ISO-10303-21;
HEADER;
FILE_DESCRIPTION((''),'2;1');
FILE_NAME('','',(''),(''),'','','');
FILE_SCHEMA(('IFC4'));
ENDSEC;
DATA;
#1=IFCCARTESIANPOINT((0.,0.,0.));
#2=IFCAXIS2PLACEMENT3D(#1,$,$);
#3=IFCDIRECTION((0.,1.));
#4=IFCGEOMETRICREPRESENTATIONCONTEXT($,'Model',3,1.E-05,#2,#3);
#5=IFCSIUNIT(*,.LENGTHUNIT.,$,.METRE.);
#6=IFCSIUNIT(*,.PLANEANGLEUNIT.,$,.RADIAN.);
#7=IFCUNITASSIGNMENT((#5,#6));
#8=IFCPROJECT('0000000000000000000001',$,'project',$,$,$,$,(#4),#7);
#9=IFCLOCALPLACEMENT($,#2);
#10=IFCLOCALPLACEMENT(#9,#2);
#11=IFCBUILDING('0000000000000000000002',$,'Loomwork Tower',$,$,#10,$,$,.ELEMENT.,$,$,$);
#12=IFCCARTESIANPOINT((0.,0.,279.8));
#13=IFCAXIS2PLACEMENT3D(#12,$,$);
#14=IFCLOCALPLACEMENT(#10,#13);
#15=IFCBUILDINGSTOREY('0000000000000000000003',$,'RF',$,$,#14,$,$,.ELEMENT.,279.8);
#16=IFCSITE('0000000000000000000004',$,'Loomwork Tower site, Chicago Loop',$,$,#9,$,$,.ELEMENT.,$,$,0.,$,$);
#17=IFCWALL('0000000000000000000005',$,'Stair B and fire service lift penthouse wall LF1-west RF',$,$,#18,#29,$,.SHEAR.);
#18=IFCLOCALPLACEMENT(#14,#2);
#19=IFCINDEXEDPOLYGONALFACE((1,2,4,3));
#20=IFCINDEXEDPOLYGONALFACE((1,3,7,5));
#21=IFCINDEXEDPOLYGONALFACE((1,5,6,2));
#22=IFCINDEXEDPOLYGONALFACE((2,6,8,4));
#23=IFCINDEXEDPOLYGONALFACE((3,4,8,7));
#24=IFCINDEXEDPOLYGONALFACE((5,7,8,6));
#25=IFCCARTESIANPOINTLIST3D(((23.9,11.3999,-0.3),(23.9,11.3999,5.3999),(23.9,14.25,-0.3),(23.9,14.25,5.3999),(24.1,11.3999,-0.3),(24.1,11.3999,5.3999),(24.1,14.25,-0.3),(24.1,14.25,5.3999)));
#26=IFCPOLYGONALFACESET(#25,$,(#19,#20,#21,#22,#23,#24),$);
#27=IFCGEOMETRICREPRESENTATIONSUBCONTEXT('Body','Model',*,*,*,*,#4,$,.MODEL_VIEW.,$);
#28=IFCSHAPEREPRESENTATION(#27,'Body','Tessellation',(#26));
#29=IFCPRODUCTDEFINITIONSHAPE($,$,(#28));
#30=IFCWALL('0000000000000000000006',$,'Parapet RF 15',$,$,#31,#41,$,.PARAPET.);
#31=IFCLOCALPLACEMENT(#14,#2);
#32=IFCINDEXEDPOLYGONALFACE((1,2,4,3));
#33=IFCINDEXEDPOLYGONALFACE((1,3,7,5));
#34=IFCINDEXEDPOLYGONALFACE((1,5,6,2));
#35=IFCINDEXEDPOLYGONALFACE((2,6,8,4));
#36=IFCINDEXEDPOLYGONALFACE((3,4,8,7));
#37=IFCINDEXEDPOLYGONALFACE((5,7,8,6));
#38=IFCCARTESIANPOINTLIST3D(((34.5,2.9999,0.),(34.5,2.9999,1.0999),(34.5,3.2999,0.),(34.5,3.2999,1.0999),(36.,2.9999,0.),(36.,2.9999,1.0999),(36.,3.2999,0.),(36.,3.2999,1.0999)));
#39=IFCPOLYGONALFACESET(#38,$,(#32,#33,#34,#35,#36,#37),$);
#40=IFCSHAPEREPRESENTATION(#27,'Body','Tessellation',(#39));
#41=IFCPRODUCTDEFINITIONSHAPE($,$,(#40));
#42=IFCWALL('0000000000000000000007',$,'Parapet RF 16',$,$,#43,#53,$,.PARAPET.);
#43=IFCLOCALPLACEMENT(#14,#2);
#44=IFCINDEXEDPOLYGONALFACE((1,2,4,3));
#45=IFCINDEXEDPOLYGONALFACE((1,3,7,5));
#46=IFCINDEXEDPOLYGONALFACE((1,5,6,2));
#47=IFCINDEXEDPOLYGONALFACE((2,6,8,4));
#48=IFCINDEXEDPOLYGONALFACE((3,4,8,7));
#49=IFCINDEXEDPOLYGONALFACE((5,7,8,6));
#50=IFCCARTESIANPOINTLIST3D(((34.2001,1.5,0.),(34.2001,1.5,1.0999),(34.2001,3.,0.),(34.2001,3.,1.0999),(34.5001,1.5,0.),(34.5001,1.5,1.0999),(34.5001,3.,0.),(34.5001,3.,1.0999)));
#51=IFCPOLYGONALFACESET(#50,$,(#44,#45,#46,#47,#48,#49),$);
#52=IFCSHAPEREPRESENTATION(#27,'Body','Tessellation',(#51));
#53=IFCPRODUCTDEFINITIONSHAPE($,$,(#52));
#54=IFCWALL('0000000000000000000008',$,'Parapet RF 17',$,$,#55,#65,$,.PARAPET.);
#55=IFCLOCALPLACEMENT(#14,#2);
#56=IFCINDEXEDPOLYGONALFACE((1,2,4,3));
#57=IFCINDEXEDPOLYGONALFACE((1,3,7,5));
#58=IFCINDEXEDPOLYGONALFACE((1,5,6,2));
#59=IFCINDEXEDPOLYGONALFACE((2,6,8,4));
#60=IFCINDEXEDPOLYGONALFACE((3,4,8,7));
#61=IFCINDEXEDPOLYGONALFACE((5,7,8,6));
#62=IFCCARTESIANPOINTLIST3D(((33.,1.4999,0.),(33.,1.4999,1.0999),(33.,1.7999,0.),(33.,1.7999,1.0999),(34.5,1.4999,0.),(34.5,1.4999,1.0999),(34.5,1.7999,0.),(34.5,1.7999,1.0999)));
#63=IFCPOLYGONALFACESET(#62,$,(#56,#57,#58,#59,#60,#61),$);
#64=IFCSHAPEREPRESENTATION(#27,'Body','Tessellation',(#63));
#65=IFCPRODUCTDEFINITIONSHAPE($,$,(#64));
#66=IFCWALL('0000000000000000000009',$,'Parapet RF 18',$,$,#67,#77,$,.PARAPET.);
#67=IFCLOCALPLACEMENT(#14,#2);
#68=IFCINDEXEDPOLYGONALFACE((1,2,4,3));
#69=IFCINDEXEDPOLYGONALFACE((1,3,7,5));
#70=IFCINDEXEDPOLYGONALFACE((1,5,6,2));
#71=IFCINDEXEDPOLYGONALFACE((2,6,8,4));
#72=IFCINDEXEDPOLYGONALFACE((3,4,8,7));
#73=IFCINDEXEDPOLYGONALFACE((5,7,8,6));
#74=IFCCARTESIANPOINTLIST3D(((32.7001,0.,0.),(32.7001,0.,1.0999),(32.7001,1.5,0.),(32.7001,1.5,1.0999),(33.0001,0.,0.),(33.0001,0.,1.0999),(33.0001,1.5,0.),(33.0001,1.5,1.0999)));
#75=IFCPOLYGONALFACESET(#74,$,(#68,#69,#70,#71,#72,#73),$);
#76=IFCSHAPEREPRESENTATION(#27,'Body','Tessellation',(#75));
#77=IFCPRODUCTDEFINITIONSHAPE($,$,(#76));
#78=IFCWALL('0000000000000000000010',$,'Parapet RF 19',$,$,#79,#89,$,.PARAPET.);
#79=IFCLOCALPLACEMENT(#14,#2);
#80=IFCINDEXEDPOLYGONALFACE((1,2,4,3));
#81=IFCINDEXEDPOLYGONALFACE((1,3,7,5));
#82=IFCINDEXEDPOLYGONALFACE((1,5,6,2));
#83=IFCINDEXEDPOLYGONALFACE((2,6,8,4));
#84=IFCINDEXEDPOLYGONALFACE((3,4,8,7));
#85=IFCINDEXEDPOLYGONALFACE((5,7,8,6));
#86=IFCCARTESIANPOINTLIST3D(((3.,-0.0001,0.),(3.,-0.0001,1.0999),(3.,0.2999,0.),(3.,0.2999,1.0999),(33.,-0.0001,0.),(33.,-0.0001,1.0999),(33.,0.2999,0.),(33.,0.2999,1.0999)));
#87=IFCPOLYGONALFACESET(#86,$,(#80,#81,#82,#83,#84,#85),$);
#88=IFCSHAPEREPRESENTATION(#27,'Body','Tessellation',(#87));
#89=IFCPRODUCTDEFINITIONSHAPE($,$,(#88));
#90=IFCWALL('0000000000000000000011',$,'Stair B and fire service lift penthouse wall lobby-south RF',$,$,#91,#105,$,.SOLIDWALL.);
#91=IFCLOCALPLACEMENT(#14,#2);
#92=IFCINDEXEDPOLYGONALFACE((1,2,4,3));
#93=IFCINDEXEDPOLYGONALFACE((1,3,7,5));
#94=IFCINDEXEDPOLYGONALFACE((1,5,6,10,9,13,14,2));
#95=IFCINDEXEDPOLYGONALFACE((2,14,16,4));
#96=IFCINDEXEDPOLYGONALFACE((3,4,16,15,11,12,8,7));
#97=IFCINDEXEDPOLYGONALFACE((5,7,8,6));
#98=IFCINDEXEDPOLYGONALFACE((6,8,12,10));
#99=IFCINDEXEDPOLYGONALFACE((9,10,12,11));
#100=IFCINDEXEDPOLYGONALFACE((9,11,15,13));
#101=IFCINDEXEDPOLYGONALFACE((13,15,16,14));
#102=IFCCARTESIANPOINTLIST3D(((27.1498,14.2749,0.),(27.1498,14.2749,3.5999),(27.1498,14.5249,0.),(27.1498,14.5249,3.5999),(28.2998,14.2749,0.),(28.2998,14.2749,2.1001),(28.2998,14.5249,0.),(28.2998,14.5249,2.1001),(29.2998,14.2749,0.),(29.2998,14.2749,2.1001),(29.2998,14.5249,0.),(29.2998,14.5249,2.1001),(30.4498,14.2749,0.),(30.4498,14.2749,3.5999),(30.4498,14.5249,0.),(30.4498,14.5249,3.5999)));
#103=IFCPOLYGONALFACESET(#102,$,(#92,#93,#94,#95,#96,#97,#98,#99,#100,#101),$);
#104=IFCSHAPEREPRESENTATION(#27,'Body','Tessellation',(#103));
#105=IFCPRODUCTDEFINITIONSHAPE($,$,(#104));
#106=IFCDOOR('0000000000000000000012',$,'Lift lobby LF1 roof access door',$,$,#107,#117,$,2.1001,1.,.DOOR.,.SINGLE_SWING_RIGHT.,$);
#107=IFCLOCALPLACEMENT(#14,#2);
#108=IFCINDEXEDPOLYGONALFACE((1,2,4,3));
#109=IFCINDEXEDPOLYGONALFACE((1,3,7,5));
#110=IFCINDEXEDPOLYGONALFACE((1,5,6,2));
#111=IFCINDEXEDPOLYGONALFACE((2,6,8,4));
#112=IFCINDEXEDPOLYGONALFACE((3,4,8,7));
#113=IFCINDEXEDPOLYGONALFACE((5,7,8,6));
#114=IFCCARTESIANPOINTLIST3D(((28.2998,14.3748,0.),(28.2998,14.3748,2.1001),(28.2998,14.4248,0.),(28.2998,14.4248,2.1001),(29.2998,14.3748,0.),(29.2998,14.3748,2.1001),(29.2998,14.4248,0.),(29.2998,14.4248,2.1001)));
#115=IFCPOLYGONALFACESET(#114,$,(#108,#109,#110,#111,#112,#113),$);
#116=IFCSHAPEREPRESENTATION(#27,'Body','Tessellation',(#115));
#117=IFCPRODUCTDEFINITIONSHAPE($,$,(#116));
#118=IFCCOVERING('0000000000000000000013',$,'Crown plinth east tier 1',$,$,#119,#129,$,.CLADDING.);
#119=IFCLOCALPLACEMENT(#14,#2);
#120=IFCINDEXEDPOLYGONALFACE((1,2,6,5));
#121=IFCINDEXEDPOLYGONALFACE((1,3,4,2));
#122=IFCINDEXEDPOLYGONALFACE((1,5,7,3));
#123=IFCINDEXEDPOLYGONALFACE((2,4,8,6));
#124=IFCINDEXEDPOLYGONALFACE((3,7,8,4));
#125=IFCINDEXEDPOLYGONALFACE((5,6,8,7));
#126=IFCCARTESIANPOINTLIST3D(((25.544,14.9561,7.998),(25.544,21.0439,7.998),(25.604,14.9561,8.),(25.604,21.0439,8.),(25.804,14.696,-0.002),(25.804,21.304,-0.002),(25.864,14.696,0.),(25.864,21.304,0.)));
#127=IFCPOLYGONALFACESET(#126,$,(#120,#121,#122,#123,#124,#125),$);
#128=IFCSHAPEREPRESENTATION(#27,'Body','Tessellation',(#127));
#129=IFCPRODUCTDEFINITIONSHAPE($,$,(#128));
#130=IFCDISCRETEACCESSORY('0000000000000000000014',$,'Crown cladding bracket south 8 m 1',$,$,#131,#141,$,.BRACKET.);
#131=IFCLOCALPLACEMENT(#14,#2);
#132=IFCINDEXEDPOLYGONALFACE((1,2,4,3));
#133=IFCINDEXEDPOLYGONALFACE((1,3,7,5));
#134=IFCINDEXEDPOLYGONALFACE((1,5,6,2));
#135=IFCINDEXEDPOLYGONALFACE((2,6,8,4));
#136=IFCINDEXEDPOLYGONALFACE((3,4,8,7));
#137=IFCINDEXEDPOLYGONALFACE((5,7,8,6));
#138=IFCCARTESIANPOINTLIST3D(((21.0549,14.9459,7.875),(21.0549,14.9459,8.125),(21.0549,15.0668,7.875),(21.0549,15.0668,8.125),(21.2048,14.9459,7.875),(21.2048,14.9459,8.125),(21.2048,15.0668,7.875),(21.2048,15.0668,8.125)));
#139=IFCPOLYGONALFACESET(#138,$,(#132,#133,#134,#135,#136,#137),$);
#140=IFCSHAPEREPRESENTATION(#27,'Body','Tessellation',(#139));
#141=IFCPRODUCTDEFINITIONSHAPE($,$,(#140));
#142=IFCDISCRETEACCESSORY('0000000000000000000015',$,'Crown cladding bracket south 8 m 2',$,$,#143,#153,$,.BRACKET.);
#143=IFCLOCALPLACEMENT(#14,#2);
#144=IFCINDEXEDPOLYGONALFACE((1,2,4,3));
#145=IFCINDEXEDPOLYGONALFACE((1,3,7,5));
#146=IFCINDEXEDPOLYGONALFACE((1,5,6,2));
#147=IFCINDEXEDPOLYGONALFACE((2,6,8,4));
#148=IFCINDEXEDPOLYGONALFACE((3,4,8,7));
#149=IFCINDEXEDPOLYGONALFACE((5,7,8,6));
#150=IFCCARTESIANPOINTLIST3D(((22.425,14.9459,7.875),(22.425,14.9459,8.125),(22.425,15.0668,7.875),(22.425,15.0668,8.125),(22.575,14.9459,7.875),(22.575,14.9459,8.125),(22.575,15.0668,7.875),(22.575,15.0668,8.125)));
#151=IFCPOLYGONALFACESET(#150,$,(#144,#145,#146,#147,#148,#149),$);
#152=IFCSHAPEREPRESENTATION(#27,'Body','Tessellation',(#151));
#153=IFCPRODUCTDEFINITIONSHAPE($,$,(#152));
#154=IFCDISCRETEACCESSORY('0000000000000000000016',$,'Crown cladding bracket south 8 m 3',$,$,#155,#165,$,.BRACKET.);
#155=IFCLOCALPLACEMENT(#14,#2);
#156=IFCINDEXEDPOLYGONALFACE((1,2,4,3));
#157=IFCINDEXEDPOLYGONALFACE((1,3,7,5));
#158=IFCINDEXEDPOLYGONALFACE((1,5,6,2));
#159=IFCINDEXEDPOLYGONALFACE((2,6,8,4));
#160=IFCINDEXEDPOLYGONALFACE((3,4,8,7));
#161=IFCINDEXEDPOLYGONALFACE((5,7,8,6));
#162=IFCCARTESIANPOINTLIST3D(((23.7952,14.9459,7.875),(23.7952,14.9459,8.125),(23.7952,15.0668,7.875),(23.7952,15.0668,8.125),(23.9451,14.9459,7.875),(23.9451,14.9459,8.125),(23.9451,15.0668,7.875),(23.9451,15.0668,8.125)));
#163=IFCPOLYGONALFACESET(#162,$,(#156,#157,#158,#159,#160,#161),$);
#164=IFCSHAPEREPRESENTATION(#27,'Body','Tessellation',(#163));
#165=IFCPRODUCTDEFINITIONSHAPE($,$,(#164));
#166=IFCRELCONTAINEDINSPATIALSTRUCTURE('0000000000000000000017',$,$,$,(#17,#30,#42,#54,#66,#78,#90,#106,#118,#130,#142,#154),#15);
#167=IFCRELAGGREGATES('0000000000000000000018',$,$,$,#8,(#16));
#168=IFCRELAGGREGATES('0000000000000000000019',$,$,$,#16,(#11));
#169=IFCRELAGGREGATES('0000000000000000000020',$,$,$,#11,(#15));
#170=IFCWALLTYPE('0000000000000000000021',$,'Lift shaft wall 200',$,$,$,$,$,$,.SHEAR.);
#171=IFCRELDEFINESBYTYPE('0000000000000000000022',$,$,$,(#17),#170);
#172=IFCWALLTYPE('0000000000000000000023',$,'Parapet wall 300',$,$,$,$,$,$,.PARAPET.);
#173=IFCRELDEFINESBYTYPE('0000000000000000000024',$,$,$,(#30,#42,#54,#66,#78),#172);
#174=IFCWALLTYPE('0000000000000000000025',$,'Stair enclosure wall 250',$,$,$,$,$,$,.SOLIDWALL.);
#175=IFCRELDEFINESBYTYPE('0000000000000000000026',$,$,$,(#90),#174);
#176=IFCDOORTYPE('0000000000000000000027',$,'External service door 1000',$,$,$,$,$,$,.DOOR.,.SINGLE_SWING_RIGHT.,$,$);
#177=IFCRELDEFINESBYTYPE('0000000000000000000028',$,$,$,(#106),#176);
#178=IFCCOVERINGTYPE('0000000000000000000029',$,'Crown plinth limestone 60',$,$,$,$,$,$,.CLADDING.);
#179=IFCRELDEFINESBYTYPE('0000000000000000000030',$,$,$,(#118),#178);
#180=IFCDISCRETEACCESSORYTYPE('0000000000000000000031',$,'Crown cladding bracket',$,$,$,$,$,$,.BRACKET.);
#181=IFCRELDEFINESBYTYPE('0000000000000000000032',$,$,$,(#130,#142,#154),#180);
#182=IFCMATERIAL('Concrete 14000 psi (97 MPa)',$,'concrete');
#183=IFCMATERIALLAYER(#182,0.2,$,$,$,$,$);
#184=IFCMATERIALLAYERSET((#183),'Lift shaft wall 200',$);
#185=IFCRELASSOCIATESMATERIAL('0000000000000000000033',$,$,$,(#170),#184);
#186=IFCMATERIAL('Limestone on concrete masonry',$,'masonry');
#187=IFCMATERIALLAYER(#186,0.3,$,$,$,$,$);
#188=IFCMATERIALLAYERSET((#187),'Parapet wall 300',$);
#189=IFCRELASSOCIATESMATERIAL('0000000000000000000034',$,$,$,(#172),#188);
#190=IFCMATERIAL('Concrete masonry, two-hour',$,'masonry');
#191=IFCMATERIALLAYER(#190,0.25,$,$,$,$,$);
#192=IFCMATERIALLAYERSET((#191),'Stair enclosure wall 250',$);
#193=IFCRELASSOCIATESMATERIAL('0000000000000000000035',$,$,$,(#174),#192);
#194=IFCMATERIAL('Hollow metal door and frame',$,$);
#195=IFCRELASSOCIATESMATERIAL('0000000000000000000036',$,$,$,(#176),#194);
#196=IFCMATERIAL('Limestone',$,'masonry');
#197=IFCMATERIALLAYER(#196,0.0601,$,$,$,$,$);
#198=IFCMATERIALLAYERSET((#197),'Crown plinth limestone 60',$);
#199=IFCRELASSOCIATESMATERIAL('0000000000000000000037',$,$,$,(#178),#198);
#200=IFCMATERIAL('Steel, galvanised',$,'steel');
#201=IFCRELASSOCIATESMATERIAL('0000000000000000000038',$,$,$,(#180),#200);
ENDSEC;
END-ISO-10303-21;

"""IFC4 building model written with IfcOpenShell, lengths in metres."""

from ifc_helpers import new_model, si_unit, direction, frame, frame_2d, origin, origin_2d, place, context, subcontext, project, spatial, polyline, rectangle, outline, extrude, material, layer, layer_set, type_object, element, fill, save


model = new_model("IFC4")

# Units and contexts
model_context = context("Model", 3, precision=1e-05, world=origin(), true_north=direction((0.0, 1.0)))
body_context = subcontext(model_context, "Body", "Model", "MODEL_VIEW")
ifc_project = project(units=[si_unit("LENGTHUNIT", "METRE"), si_unit("PLANEANGLEUNIT", "RADIAN")], contexts=[model_context])

# Site, building, storey
site_placement = place(None, origin())
site = spatial("IfcSite", under=ifc_project, at=site_placement, Name="Loomwork Tower site, Chicago Loop", CompositionType="ELEMENT", RefElevation=0.0)
building_placement = place(site_placement, origin())
building = spatial("IfcBuilding", under=site, at=building_placement, Name="Loomwork Tower", CompositionType="ELEMENT")
storey_placement = place(building_placement, frame((0.0, 0.0, 279.8)))
storey = spatial("IfcBuildingStorey", under=building, at=storey_placement, Name="RF", CompositionType="ELEMENT", Elevation=279.8)

# Walls
ifc_material_1 = material(Name="Concrete 14000 psi (97 MPa)", Category="concrete")
ifc_layer_1 = layer(ifc_material_1, 0.2)
ifc_layer_set_1 = layer_set([ifc_layer_1], Name="Lift shaft wall 200")
wall_type_1 = type_object("IfcWallType", Name="Lift shaft wall 200", PredefinedType="SHEAR", material=ifc_layer_set_1)
wall_1_placement = place(storey_placement, frame((24.0, 11.3999, -0.3), z_axis=(0.0, 0.0, 1.0), x_axis=(0.0, 1.0, 0.0)))
element("IfcWall", 1, at=wall_1_placement, inside=storey, type_object=wall_type_1, Name="Stair B and fire service lift penthouse wall LF1-west RF", PredefinedType="SHEAR", context=body_context, shape_type="SweptSolid", body=[
    extrude(rectangle(XDim=2.8501, YDim=0.2, at=frame_2d((1.425, 0.0))), origin(), (0.0, 0.0, 1.0), 5.7),
])
ifc_material_2 = material(Name="Limestone on concrete masonry", Category="masonry")
ifc_layer_2 = layer(ifc_material_2, 0.3)
ifc_layer_set_2 = layer_set([ifc_layer_2], Name="Parapet wall 300")
wall_type_2 = type_object("IfcWallType", Name="Parapet wall 300", PredefinedType="PARAPET", material=ifc_layer_set_2)
for number, where, z_axis, x_axis, name in (
    (2, (36.0, 3.1499, 0.0), (0.0, 0.0, 1.0), (-1.0, 0.0, 0.0), "Parapet RF 15"),
    (3, (34.3501, 3.0, 0.0), (0.0, 0.0, 1.0), (0.0, -1.0, 0.0), "Parapet RF 16"),
    (4, (34.5, 1.6499, 0.0), (0.0, 0.0, 1.0), (-1.0, 0.0, 0.0), "Parapet RF 17"),
    (5, (32.8501, 1.5, 0.0), (0.0, 0.0, 1.0), (0.0, -1.0, 0.0), "Parapet RF 18"),
):
    element("IfcWall", number, at=place(storey_placement, frame(where, z_axis=z_axis, x_axis=x_axis)), inside=storey, type_object=wall_type_2, Name=name, PredefinedType="PARAPET", context=body_context, shape_type="SweptSolid", body=[
        extrude(rectangle(XDim=1.5, YDim=0.3, at=frame_2d((0.75, 0.0))), origin(), (0.0, 0.0, 1.0), 1.0999),
    ])
wall_2_placement = place(storey_placement, frame((33.0, 0.1499, 0.0), z_axis=(0.0, 0.0, 1.0), x_axis=(-1.0, 0.0, 0.0)))
element("IfcWall", 6, at=wall_2_placement, inside=storey, type_object=wall_type_2, Name="Parapet RF 19", PredefinedType="PARAPET", context=body_context, shape_type="SweptSolid", body=[
    extrude(rectangle(XDim=30.0, YDim=0.3, at=frame_2d((15.0, 0.0))), origin(), (0.0, 0.0, 1.0), 1.0999),
])

# Wall, opening, door
ifc_material_3 = material(Name="Concrete masonry, two-hour", Category="masonry")
ifc_layer_3 = layer(ifc_material_3, 0.25)
ifc_layer_set_3 = layer_set([ifc_layer_3], Name="Stair enclosure wall 250")
wall_type_3 = type_object("IfcWallType", Name="Stair enclosure wall 250", PredefinedType="SOLIDWALL", material=ifc_layer_set_3)
wall_3_placement = place(storey_placement, frame((27.1499, 14.3999, 0.0), z_axis=(0.0, 0.0, 1.0), x_axis=(1.0, 0.0, 0.0)))
wall_3 = element("IfcWall", 7, at=wall_3_placement, inside=storey, type_object=wall_type_3, Name="Stair B and fire service lift penthouse wall lobby-south RF", PredefinedType="SOLIDWALL", context=body_context, shape_type="SweptSolid", body=[
    extrude(rectangle(XDim=3.3, YDim=0.25, at=frame_2d((1.6499, 0.0))), origin(), (0.0, 0.0, 1.0), 3.5999),
])
opening_1_placement = place(wall_3_placement, frame((1.1499, 0.0, 0.0)))
opening_1 = element("IfcOpeningElement", 8, at=opening_1_placement, cuts=wall_3, PredefinedType="OPENING", context=body_context, shape_type="SweptSolid", body=[
    extrude(rectangle(XDim=1.0, YDim=2.1001, at=frame_2d((0.5, 1.05))), frame((0.0, 0.135, 0.0), z_axis=(0.0, -1.0, 0.0), x_axis=(1.0, 0.0, 0.0)), (0.0, 0.0, 1.0), 0.27),
])
ifc_material_4 = material(Name="Hollow metal door and frame")
door_type_1 = type_object("IfcDoorType", Name="External service door 1000", OperationType="SINGLE_SWING_RIGHT", PredefinedType="DOOR", material=ifc_material_4)
door_1_placement = place(opening_1_placement, origin())
door_1 = element("IfcDoor", 9, at=door_1_placement, inside=storey, type_object=door_type_1, Name="Lift lobby LF1 roof access door", OperationType="SINGLE_SWING_RIGHT", OverallHeight=2.1001, OverallWidth=1.0, PredefinedType="DOOR", context=body_context, shape_type="SweptSolid", body=[
    extrude(rectangle(XDim=1.0, YDim=2.1001, at=frame_2d((0.5, 1.05))), frame((0.0, 0.0249, 0.0), z_axis=(0.0, -1.0, 0.0), x_axis=(1.0, 0.0, 0.0)), (0.0, 0.0, 1.0), 0.05),
])
fill(opening_1, door_1)

# Covering
ifc_material_5 = material(Name="Limestone", Category="masonry")
ifc_layer_4 = layer(ifc_material_5, 0.0601)
ifc_layer_set_4 = layer_set([ifc_layer_4], Name="Crown plinth limestone 60")
covering_type = type_object("IfcCoveringType", Name="Crown plinth limestone 60", PredefinedType="CLADDING", material=ifc_layer_set_4)
covering_placement = place(storey_placement, frame((25.864, 14.696, 0.0), z_axis=(0.999472, 0.0, 0.032484), x_axis=(0.0, 1.0, 0.0)))
element("IfcCovering", 10, at=covering_placement, inside=storey, type_object=covering_type, Name="Crown plinth east tier 1", PredefinedType="CLADDING", context=body_context, shape_type="SweptSolid", body=[
    extrude(outline(polyline([(0.0, 0.0), (6.6079, 0.0), (6.3479, 8.0042), (0.26, 8.0042), (0.0, 0.0)])), origin(), (0.0, 0.0, -1.0), 0.0601),
])

# Discrete accessories
ifc_material_6 = material(Name="Steel, galvanised", Category="steel")
discrete_accessory_type = type_object("IfcDiscreteAccessoryType", Name="Crown cladding bracket", PredefinedType="BRACKET", material=ifc_material_6)
for number, where, z_axis, x_axis, name in (
    (11, (21.1299, 15.0063, 7.875), (0.0, 0.0, 1.0), (1.0, 0.0, 0.0), "Crown cladding bracket south 8 m 1"),
    (12, (22.5, 15.0063, 7.875), (0.0, 0.0, 1.0), (1.0, 0.0, 0.0), "Crown cladding bracket south 8 m 2"),
    (13, (23.8701, 15.0063, 7.875), (0.0, 0.0, 1.0), (1.0, 0.0, 0.0), "Crown cladding bracket south 8 m 3"),
):
    element("IfcDiscreteAccessory", number, at=place(storey_placement, frame(where, z_axis=z_axis, x_axis=x_axis)), inside=storey, type_object=discrete_accessory_type, Name=name, PredefinedType="BRACKET", context=body_context, shape_type="SweptSolid", body=[
        extrude(rectangle(XDim=0.1499, YDim=0.1208, at=origin_2d()), origin(), (0.0, 0.0, 1.0), 0.25),
    ])

save(model, "model.ifc")
